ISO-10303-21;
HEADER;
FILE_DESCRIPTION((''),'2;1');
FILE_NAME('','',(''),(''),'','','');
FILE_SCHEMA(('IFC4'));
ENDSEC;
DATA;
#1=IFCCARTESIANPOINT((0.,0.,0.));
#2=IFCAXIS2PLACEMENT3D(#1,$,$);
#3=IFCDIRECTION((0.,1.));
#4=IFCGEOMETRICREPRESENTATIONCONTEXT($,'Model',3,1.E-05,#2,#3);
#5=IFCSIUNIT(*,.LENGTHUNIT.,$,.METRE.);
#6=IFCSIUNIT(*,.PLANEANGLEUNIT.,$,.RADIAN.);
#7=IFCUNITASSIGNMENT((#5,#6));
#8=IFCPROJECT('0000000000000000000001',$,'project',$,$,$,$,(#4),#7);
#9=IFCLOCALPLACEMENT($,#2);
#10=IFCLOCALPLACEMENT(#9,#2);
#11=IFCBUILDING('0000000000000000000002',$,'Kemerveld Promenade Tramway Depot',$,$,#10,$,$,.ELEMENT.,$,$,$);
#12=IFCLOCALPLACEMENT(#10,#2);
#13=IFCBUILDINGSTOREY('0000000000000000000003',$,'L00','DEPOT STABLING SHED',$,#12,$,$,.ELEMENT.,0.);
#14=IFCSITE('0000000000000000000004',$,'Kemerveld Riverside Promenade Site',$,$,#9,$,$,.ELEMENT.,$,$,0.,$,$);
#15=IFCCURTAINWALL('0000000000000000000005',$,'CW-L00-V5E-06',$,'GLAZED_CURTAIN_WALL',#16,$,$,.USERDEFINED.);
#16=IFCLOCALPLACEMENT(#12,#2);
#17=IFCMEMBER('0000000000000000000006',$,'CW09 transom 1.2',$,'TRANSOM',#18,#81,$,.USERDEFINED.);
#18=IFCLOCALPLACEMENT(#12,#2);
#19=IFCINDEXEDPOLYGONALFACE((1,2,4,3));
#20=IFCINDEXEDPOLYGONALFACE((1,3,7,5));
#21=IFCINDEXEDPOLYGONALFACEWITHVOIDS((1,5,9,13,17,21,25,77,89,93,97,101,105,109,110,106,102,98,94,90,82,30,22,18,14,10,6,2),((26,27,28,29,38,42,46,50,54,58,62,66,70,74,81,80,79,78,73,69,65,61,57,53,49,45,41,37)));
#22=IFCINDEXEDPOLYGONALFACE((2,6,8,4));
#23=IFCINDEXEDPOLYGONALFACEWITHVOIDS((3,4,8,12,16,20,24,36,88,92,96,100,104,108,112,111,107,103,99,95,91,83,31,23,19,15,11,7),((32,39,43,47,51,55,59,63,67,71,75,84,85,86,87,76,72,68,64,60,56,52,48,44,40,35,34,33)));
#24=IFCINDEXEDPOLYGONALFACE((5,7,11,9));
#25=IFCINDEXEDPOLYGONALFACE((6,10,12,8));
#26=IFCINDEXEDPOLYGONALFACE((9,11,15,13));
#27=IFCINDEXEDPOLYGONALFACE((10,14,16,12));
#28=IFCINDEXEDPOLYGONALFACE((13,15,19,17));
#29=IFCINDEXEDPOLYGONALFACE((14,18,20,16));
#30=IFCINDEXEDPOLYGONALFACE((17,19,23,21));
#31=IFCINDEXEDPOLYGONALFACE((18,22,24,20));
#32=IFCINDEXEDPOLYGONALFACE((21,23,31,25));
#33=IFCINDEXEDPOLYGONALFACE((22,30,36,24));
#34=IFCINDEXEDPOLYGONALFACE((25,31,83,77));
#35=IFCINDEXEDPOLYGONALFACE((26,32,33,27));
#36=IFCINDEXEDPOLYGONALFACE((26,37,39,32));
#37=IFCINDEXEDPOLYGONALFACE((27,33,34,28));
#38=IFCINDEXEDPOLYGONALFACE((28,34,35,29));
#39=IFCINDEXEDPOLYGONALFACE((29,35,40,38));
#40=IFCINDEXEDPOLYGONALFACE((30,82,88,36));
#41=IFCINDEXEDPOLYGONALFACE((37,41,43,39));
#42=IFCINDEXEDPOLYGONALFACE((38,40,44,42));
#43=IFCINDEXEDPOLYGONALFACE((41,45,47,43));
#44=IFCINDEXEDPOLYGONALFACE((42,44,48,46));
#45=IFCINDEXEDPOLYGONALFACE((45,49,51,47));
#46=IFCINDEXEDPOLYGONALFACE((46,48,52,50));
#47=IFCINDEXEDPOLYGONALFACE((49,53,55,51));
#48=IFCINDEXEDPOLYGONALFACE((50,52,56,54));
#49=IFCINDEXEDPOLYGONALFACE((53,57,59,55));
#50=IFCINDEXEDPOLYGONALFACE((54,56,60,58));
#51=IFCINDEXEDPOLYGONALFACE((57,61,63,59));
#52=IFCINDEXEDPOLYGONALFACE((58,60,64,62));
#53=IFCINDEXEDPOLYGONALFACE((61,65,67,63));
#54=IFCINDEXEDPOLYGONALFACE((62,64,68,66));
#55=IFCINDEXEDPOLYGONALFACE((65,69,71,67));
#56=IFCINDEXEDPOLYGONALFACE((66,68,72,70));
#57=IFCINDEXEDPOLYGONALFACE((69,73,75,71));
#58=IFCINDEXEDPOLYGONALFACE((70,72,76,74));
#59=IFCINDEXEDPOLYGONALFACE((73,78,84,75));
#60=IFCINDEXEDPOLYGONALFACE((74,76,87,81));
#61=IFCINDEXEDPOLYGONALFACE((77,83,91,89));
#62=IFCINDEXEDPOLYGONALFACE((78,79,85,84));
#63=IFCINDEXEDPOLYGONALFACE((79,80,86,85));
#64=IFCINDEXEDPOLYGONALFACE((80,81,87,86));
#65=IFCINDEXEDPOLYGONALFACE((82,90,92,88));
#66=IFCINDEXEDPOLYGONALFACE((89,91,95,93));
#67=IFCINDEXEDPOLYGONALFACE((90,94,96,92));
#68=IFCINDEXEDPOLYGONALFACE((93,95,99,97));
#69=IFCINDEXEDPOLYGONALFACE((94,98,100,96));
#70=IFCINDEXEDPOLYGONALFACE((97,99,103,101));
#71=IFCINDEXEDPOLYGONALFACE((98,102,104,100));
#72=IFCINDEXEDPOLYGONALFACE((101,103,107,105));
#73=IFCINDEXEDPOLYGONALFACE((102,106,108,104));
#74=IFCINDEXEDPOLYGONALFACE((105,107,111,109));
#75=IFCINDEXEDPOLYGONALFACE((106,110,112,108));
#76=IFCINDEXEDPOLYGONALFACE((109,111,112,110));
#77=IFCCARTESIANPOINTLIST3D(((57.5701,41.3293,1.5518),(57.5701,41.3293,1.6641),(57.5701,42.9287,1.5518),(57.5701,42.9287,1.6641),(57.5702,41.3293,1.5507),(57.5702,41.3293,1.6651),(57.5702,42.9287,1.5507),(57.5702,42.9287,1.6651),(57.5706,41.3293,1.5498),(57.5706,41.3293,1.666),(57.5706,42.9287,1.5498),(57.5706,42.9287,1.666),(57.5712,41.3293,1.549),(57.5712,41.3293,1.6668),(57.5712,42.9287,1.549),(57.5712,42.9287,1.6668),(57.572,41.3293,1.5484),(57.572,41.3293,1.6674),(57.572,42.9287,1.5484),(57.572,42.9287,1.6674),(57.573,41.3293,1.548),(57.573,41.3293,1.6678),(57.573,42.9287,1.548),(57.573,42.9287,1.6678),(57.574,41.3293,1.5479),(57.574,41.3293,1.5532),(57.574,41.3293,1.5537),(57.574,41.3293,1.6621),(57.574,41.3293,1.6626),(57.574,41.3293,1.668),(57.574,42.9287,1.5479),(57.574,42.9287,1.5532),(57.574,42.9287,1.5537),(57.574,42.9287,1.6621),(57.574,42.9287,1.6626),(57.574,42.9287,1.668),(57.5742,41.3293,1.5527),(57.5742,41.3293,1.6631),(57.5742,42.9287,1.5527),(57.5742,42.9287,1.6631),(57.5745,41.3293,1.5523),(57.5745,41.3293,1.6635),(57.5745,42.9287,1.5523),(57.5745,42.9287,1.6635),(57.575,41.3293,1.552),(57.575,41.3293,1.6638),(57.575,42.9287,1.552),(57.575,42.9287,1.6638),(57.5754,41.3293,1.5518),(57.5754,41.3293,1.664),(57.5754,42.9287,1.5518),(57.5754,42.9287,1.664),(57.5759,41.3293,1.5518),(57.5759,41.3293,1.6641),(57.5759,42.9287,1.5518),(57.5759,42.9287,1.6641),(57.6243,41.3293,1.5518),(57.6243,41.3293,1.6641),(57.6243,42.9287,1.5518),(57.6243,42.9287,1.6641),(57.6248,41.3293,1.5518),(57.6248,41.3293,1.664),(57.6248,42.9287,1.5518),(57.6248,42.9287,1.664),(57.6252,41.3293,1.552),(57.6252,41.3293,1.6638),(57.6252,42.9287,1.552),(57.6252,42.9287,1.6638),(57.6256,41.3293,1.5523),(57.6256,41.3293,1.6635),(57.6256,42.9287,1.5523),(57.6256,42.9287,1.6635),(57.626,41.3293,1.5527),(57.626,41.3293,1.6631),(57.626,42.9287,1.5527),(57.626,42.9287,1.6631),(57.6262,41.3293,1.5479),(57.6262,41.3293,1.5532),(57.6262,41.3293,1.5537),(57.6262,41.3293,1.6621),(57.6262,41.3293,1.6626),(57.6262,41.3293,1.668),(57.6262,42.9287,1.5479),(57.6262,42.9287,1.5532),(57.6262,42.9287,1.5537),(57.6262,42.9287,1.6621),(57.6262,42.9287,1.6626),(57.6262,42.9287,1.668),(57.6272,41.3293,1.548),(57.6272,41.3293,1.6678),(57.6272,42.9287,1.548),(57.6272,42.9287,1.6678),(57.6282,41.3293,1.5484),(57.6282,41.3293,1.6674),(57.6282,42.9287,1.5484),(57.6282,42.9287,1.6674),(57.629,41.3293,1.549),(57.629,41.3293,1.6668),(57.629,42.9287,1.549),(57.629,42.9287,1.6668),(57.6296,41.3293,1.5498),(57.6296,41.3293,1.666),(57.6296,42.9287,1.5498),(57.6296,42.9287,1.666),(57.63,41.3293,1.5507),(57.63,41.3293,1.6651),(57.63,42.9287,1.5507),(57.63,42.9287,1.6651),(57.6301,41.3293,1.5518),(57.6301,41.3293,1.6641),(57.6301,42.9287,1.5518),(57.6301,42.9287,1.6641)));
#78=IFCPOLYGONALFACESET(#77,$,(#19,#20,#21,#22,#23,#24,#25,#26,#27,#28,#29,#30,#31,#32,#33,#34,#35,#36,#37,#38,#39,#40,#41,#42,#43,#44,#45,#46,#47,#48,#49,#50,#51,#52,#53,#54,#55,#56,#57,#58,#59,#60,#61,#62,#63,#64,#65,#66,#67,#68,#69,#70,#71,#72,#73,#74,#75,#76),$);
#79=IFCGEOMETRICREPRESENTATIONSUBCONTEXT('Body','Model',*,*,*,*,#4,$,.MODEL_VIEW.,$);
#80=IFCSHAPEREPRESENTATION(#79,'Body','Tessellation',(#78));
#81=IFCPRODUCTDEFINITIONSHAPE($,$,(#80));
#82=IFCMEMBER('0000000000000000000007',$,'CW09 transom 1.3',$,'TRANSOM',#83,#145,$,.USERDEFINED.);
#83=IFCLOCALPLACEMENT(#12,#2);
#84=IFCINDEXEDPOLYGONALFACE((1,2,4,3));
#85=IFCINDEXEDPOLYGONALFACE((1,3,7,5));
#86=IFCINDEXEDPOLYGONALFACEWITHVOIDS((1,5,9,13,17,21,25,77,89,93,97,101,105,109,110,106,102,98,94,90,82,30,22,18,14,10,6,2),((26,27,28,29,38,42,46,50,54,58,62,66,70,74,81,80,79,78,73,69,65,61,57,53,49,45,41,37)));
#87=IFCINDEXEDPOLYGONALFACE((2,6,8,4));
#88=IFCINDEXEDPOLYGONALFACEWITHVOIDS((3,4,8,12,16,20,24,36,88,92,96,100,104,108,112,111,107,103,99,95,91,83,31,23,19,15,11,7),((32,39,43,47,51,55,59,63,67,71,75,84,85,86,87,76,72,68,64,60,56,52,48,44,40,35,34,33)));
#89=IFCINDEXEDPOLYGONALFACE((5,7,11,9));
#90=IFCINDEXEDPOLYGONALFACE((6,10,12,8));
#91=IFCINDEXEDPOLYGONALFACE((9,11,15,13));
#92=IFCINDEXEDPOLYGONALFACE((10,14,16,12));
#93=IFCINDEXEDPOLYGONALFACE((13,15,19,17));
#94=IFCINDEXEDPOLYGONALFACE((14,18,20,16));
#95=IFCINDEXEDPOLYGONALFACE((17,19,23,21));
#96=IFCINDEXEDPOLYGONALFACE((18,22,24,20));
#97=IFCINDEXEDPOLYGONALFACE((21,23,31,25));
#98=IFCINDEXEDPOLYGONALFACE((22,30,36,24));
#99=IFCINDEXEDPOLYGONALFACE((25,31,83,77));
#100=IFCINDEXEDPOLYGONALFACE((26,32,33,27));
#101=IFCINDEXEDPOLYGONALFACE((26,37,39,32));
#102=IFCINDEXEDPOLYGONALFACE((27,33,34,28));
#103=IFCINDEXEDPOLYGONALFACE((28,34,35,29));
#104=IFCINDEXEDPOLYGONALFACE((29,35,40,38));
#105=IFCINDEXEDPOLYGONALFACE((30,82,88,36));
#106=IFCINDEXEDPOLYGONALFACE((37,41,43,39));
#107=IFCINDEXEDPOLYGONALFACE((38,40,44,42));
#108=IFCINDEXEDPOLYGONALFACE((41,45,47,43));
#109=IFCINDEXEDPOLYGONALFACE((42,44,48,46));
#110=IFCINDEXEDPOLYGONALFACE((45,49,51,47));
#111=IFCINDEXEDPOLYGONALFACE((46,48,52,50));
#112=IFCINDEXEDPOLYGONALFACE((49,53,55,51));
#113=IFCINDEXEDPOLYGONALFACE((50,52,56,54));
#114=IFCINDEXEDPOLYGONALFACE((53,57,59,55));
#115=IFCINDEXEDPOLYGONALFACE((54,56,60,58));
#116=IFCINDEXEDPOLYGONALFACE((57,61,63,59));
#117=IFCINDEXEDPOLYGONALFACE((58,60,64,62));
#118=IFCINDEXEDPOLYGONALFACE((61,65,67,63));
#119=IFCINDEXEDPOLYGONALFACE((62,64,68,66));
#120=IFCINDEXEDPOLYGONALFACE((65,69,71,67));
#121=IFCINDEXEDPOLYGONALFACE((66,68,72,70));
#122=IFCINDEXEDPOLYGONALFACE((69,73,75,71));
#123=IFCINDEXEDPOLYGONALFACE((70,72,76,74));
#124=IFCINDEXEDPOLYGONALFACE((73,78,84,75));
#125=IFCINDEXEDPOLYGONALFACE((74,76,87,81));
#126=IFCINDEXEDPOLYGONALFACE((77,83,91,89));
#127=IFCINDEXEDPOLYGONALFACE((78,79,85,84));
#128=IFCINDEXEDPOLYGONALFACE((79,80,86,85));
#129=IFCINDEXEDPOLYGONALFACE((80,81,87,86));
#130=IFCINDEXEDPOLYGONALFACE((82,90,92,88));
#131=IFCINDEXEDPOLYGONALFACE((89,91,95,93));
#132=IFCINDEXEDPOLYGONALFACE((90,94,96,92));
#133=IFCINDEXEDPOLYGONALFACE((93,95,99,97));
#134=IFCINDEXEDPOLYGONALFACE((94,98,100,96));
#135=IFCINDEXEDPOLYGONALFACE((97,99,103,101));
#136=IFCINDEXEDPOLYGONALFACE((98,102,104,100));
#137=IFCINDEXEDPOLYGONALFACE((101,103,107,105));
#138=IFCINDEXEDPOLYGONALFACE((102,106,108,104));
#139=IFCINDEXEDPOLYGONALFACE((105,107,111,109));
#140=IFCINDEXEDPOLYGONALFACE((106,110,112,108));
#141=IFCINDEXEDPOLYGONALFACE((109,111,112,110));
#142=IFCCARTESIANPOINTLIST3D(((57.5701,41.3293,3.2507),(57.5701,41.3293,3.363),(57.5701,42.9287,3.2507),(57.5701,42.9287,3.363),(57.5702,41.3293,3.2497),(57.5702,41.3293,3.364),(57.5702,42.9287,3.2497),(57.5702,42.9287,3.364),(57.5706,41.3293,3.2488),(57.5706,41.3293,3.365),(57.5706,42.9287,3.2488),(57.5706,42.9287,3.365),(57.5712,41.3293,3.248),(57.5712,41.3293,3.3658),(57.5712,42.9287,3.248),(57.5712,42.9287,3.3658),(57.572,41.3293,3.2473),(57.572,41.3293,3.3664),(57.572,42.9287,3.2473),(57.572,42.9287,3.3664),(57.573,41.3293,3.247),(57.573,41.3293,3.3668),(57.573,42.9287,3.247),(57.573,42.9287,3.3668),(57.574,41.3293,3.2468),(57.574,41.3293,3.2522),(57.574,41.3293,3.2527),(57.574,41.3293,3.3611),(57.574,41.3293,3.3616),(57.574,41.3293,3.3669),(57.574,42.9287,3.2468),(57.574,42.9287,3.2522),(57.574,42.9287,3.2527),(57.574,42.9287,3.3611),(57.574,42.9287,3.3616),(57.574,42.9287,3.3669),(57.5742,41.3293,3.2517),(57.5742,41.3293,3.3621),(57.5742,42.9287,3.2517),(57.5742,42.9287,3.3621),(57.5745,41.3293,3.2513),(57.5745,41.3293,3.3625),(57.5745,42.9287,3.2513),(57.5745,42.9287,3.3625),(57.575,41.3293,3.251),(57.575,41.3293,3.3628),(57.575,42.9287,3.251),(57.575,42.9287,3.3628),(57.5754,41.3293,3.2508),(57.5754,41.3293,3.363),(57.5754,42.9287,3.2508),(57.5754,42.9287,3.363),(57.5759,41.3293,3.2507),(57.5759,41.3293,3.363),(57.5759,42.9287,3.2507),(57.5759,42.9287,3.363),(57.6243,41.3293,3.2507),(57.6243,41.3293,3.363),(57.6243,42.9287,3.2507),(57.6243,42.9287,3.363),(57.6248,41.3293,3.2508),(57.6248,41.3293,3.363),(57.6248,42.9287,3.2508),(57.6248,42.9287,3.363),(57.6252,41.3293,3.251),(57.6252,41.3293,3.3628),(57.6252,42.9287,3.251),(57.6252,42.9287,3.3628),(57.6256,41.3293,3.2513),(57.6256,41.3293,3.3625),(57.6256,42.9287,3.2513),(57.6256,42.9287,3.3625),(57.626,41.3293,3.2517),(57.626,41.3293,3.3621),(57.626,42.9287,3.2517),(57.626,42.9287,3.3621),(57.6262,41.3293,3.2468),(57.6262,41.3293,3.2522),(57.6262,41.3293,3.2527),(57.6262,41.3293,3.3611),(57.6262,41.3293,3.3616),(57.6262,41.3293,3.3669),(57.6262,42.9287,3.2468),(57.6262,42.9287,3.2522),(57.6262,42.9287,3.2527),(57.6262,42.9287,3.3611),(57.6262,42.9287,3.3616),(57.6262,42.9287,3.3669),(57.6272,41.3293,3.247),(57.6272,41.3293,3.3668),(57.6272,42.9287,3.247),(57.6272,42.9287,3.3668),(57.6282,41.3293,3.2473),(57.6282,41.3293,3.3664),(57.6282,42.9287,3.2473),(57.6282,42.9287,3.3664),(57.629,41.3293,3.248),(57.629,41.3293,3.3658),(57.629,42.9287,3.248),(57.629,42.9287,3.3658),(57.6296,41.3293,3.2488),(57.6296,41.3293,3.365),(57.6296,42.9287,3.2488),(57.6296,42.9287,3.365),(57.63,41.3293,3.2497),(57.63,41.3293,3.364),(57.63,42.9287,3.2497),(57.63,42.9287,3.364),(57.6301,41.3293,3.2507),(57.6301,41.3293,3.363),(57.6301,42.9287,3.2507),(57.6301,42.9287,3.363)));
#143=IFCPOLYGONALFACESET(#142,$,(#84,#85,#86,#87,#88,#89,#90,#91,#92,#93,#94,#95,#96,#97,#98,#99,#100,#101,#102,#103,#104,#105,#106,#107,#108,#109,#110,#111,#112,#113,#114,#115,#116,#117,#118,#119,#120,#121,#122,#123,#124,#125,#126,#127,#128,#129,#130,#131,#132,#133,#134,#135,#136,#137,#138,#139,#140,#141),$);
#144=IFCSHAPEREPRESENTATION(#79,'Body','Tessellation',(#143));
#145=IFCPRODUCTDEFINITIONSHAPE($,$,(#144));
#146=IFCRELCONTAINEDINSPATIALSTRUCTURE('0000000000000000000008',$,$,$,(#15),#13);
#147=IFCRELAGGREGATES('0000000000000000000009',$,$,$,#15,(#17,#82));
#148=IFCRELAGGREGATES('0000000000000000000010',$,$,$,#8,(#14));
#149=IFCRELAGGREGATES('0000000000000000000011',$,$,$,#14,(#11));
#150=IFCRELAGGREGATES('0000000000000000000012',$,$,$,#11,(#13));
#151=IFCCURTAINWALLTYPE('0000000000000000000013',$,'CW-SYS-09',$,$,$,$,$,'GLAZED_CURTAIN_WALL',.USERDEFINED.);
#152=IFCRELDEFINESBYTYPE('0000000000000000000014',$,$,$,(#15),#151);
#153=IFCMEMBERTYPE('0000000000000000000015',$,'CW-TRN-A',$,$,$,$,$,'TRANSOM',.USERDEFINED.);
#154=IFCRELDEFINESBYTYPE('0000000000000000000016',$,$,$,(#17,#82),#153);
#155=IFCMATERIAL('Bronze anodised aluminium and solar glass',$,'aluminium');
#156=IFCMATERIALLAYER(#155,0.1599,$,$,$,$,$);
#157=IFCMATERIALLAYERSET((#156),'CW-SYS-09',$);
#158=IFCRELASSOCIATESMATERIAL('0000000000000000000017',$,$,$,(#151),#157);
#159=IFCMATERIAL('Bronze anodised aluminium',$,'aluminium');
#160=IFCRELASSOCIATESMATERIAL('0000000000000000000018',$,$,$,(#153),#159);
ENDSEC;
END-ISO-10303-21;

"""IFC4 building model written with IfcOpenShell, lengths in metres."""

from ifc_helpers import new_model, si_unit, direction, frame, origin, origin_2d, place, context, subcontext, project, spatial, hollow_rectangle, extrude, material, layer, layer_set, material_profile, profile_set, type_object, element, aggregate, save


model = new_model("IFC4")

# Units and contexts
model_context = context("Model", 3, precision=1e-05, world=origin(), true_north=direction((0.0, 1.0)))
body_context = subcontext(model_context, "Body", "Model", "MODEL_VIEW")
ifc_project = project(units=[si_unit("LENGTHUNIT", "METRE"), si_unit("PLANEANGLEUNIT", "RADIAN")], contexts=[model_context])

# Site, building, storey
site_placement = place(None, origin())
site = spatial("IfcSite", under=ifc_project, at=site_placement, Name="Kemerveld Riverside Promenade Site", CompositionType="ELEMENT", RefElevation=0.0)
building_placement = place(site_placement, origin())
building = spatial("IfcBuilding", under=site, at=building_placement, Name="Kemerveld Promenade Tramway Depot", CompositionType="ELEMENT")
storey_placement = place(building_placement, origin())
storey = spatial("IfcBuildingStorey", under=building, at=storey_placement, Name="L00", Description="DEPOT STABLING SHED", CompositionType="ELEMENT", Elevation=0.0)

# Curtain wall, members
ifc_material_1 = material(Name="Bronze anodised aluminium and solar glass", Category="aluminium")
ifc_layer_1 = layer(ifc_material_1, 0.1599)
ifc_layer_set_1 = layer_set([ifc_layer_1], Name="CW-SYS-09")
curtain_wall_type = type_object("IfcCurtainWallType", Name="CW-SYS-09", ElementType="GLAZED_CURTAIN_WALL", PredefinedType="USERDEFINED", material=ifc_layer_set_1)
curtain_wall_placement = place(storey_placement, origin())
curtain_wall = element("IfcCurtainWall", 1, at=curtain_wall_placement, inside=storey, type_object=curtain_wall_type, Name="CW-L00-V5E-06", ObjectType="GLAZED_CURTAIN_WALL", PredefinedType="USERDEFINED")
ifc_material_2 = material(Name="Bronze anodised aluminium", Category="aluminium")
ifc_material_profile_1 = material_profile(ifc_material_2, hollow_rectangle(XDim=0.0601, YDim=0.1201, WallThickness=0.0039, InnerFilletRadius=0.002, OuterFilletRadius=0.0039, at=origin_2d()), Name="CW-TRN-120x60")
ifc_profile_set_1 = profile_set([ifc_material_profile_1], Name="Bronze anodised aluminium")
member_type_1 = type_object("IfcMemberType", Name="CW-TRN-A", ElementType="TRANSOM", PredefinedType="USERDEFINED", material=ifc_profile_set_1)
member_1_placement = place(storey_placement, frame((57.6001, 42.9287, 1.6079), z_axis=(0.0, -1.0, 0.0), x_axis=(1.0, 0.0, 0.0)))
member_1 = element("IfcMember", 2, at=member_1_placement, type_object=member_type_1, Name="CW09 transom 1.2", ObjectType="TRANSOM", PredefinedType="USERDEFINED", context=body_context, shape_type="SweptSolid", body=[
    extrude(hollow_rectangle(XDim=0.0601, YDim=0.1201, WallThickness=0.0039, InnerFilletRadius=0.002, OuterFilletRadius=0.0039, at=origin_2d()), origin(), (0.0, 0.0, 1.0), 1.5994),
])
member_2_placement = place(storey_placement, frame((57.6001, 42.9287, 3.3069), z_axis=(0.0, -1.0, 0.0), x_axis=(1.0, 0.0, 0.0)))
member_2 = element("IfcMember", 3, at=member_2_placement, type_object=member_type_1, Name="CW09 transom 1.3", ObjectType="TRANSOM", PredefinedType="USERDEFINED", context=body_context, shape_type="SweptSolid", body=[
    extrude(hollow_rectangle(XDim=0.0601, YDim=0.1201, WallThickness=0.0039, InnerFilletRadius=0.002, OuterFilletRadius=0.0039, at=origin_2d()), origin(), (0.0, 0.0, 1.0), 1.5994),
])
aggregate(curtain_wall, [member_1, member_2])

save(model, "model.ifc")
